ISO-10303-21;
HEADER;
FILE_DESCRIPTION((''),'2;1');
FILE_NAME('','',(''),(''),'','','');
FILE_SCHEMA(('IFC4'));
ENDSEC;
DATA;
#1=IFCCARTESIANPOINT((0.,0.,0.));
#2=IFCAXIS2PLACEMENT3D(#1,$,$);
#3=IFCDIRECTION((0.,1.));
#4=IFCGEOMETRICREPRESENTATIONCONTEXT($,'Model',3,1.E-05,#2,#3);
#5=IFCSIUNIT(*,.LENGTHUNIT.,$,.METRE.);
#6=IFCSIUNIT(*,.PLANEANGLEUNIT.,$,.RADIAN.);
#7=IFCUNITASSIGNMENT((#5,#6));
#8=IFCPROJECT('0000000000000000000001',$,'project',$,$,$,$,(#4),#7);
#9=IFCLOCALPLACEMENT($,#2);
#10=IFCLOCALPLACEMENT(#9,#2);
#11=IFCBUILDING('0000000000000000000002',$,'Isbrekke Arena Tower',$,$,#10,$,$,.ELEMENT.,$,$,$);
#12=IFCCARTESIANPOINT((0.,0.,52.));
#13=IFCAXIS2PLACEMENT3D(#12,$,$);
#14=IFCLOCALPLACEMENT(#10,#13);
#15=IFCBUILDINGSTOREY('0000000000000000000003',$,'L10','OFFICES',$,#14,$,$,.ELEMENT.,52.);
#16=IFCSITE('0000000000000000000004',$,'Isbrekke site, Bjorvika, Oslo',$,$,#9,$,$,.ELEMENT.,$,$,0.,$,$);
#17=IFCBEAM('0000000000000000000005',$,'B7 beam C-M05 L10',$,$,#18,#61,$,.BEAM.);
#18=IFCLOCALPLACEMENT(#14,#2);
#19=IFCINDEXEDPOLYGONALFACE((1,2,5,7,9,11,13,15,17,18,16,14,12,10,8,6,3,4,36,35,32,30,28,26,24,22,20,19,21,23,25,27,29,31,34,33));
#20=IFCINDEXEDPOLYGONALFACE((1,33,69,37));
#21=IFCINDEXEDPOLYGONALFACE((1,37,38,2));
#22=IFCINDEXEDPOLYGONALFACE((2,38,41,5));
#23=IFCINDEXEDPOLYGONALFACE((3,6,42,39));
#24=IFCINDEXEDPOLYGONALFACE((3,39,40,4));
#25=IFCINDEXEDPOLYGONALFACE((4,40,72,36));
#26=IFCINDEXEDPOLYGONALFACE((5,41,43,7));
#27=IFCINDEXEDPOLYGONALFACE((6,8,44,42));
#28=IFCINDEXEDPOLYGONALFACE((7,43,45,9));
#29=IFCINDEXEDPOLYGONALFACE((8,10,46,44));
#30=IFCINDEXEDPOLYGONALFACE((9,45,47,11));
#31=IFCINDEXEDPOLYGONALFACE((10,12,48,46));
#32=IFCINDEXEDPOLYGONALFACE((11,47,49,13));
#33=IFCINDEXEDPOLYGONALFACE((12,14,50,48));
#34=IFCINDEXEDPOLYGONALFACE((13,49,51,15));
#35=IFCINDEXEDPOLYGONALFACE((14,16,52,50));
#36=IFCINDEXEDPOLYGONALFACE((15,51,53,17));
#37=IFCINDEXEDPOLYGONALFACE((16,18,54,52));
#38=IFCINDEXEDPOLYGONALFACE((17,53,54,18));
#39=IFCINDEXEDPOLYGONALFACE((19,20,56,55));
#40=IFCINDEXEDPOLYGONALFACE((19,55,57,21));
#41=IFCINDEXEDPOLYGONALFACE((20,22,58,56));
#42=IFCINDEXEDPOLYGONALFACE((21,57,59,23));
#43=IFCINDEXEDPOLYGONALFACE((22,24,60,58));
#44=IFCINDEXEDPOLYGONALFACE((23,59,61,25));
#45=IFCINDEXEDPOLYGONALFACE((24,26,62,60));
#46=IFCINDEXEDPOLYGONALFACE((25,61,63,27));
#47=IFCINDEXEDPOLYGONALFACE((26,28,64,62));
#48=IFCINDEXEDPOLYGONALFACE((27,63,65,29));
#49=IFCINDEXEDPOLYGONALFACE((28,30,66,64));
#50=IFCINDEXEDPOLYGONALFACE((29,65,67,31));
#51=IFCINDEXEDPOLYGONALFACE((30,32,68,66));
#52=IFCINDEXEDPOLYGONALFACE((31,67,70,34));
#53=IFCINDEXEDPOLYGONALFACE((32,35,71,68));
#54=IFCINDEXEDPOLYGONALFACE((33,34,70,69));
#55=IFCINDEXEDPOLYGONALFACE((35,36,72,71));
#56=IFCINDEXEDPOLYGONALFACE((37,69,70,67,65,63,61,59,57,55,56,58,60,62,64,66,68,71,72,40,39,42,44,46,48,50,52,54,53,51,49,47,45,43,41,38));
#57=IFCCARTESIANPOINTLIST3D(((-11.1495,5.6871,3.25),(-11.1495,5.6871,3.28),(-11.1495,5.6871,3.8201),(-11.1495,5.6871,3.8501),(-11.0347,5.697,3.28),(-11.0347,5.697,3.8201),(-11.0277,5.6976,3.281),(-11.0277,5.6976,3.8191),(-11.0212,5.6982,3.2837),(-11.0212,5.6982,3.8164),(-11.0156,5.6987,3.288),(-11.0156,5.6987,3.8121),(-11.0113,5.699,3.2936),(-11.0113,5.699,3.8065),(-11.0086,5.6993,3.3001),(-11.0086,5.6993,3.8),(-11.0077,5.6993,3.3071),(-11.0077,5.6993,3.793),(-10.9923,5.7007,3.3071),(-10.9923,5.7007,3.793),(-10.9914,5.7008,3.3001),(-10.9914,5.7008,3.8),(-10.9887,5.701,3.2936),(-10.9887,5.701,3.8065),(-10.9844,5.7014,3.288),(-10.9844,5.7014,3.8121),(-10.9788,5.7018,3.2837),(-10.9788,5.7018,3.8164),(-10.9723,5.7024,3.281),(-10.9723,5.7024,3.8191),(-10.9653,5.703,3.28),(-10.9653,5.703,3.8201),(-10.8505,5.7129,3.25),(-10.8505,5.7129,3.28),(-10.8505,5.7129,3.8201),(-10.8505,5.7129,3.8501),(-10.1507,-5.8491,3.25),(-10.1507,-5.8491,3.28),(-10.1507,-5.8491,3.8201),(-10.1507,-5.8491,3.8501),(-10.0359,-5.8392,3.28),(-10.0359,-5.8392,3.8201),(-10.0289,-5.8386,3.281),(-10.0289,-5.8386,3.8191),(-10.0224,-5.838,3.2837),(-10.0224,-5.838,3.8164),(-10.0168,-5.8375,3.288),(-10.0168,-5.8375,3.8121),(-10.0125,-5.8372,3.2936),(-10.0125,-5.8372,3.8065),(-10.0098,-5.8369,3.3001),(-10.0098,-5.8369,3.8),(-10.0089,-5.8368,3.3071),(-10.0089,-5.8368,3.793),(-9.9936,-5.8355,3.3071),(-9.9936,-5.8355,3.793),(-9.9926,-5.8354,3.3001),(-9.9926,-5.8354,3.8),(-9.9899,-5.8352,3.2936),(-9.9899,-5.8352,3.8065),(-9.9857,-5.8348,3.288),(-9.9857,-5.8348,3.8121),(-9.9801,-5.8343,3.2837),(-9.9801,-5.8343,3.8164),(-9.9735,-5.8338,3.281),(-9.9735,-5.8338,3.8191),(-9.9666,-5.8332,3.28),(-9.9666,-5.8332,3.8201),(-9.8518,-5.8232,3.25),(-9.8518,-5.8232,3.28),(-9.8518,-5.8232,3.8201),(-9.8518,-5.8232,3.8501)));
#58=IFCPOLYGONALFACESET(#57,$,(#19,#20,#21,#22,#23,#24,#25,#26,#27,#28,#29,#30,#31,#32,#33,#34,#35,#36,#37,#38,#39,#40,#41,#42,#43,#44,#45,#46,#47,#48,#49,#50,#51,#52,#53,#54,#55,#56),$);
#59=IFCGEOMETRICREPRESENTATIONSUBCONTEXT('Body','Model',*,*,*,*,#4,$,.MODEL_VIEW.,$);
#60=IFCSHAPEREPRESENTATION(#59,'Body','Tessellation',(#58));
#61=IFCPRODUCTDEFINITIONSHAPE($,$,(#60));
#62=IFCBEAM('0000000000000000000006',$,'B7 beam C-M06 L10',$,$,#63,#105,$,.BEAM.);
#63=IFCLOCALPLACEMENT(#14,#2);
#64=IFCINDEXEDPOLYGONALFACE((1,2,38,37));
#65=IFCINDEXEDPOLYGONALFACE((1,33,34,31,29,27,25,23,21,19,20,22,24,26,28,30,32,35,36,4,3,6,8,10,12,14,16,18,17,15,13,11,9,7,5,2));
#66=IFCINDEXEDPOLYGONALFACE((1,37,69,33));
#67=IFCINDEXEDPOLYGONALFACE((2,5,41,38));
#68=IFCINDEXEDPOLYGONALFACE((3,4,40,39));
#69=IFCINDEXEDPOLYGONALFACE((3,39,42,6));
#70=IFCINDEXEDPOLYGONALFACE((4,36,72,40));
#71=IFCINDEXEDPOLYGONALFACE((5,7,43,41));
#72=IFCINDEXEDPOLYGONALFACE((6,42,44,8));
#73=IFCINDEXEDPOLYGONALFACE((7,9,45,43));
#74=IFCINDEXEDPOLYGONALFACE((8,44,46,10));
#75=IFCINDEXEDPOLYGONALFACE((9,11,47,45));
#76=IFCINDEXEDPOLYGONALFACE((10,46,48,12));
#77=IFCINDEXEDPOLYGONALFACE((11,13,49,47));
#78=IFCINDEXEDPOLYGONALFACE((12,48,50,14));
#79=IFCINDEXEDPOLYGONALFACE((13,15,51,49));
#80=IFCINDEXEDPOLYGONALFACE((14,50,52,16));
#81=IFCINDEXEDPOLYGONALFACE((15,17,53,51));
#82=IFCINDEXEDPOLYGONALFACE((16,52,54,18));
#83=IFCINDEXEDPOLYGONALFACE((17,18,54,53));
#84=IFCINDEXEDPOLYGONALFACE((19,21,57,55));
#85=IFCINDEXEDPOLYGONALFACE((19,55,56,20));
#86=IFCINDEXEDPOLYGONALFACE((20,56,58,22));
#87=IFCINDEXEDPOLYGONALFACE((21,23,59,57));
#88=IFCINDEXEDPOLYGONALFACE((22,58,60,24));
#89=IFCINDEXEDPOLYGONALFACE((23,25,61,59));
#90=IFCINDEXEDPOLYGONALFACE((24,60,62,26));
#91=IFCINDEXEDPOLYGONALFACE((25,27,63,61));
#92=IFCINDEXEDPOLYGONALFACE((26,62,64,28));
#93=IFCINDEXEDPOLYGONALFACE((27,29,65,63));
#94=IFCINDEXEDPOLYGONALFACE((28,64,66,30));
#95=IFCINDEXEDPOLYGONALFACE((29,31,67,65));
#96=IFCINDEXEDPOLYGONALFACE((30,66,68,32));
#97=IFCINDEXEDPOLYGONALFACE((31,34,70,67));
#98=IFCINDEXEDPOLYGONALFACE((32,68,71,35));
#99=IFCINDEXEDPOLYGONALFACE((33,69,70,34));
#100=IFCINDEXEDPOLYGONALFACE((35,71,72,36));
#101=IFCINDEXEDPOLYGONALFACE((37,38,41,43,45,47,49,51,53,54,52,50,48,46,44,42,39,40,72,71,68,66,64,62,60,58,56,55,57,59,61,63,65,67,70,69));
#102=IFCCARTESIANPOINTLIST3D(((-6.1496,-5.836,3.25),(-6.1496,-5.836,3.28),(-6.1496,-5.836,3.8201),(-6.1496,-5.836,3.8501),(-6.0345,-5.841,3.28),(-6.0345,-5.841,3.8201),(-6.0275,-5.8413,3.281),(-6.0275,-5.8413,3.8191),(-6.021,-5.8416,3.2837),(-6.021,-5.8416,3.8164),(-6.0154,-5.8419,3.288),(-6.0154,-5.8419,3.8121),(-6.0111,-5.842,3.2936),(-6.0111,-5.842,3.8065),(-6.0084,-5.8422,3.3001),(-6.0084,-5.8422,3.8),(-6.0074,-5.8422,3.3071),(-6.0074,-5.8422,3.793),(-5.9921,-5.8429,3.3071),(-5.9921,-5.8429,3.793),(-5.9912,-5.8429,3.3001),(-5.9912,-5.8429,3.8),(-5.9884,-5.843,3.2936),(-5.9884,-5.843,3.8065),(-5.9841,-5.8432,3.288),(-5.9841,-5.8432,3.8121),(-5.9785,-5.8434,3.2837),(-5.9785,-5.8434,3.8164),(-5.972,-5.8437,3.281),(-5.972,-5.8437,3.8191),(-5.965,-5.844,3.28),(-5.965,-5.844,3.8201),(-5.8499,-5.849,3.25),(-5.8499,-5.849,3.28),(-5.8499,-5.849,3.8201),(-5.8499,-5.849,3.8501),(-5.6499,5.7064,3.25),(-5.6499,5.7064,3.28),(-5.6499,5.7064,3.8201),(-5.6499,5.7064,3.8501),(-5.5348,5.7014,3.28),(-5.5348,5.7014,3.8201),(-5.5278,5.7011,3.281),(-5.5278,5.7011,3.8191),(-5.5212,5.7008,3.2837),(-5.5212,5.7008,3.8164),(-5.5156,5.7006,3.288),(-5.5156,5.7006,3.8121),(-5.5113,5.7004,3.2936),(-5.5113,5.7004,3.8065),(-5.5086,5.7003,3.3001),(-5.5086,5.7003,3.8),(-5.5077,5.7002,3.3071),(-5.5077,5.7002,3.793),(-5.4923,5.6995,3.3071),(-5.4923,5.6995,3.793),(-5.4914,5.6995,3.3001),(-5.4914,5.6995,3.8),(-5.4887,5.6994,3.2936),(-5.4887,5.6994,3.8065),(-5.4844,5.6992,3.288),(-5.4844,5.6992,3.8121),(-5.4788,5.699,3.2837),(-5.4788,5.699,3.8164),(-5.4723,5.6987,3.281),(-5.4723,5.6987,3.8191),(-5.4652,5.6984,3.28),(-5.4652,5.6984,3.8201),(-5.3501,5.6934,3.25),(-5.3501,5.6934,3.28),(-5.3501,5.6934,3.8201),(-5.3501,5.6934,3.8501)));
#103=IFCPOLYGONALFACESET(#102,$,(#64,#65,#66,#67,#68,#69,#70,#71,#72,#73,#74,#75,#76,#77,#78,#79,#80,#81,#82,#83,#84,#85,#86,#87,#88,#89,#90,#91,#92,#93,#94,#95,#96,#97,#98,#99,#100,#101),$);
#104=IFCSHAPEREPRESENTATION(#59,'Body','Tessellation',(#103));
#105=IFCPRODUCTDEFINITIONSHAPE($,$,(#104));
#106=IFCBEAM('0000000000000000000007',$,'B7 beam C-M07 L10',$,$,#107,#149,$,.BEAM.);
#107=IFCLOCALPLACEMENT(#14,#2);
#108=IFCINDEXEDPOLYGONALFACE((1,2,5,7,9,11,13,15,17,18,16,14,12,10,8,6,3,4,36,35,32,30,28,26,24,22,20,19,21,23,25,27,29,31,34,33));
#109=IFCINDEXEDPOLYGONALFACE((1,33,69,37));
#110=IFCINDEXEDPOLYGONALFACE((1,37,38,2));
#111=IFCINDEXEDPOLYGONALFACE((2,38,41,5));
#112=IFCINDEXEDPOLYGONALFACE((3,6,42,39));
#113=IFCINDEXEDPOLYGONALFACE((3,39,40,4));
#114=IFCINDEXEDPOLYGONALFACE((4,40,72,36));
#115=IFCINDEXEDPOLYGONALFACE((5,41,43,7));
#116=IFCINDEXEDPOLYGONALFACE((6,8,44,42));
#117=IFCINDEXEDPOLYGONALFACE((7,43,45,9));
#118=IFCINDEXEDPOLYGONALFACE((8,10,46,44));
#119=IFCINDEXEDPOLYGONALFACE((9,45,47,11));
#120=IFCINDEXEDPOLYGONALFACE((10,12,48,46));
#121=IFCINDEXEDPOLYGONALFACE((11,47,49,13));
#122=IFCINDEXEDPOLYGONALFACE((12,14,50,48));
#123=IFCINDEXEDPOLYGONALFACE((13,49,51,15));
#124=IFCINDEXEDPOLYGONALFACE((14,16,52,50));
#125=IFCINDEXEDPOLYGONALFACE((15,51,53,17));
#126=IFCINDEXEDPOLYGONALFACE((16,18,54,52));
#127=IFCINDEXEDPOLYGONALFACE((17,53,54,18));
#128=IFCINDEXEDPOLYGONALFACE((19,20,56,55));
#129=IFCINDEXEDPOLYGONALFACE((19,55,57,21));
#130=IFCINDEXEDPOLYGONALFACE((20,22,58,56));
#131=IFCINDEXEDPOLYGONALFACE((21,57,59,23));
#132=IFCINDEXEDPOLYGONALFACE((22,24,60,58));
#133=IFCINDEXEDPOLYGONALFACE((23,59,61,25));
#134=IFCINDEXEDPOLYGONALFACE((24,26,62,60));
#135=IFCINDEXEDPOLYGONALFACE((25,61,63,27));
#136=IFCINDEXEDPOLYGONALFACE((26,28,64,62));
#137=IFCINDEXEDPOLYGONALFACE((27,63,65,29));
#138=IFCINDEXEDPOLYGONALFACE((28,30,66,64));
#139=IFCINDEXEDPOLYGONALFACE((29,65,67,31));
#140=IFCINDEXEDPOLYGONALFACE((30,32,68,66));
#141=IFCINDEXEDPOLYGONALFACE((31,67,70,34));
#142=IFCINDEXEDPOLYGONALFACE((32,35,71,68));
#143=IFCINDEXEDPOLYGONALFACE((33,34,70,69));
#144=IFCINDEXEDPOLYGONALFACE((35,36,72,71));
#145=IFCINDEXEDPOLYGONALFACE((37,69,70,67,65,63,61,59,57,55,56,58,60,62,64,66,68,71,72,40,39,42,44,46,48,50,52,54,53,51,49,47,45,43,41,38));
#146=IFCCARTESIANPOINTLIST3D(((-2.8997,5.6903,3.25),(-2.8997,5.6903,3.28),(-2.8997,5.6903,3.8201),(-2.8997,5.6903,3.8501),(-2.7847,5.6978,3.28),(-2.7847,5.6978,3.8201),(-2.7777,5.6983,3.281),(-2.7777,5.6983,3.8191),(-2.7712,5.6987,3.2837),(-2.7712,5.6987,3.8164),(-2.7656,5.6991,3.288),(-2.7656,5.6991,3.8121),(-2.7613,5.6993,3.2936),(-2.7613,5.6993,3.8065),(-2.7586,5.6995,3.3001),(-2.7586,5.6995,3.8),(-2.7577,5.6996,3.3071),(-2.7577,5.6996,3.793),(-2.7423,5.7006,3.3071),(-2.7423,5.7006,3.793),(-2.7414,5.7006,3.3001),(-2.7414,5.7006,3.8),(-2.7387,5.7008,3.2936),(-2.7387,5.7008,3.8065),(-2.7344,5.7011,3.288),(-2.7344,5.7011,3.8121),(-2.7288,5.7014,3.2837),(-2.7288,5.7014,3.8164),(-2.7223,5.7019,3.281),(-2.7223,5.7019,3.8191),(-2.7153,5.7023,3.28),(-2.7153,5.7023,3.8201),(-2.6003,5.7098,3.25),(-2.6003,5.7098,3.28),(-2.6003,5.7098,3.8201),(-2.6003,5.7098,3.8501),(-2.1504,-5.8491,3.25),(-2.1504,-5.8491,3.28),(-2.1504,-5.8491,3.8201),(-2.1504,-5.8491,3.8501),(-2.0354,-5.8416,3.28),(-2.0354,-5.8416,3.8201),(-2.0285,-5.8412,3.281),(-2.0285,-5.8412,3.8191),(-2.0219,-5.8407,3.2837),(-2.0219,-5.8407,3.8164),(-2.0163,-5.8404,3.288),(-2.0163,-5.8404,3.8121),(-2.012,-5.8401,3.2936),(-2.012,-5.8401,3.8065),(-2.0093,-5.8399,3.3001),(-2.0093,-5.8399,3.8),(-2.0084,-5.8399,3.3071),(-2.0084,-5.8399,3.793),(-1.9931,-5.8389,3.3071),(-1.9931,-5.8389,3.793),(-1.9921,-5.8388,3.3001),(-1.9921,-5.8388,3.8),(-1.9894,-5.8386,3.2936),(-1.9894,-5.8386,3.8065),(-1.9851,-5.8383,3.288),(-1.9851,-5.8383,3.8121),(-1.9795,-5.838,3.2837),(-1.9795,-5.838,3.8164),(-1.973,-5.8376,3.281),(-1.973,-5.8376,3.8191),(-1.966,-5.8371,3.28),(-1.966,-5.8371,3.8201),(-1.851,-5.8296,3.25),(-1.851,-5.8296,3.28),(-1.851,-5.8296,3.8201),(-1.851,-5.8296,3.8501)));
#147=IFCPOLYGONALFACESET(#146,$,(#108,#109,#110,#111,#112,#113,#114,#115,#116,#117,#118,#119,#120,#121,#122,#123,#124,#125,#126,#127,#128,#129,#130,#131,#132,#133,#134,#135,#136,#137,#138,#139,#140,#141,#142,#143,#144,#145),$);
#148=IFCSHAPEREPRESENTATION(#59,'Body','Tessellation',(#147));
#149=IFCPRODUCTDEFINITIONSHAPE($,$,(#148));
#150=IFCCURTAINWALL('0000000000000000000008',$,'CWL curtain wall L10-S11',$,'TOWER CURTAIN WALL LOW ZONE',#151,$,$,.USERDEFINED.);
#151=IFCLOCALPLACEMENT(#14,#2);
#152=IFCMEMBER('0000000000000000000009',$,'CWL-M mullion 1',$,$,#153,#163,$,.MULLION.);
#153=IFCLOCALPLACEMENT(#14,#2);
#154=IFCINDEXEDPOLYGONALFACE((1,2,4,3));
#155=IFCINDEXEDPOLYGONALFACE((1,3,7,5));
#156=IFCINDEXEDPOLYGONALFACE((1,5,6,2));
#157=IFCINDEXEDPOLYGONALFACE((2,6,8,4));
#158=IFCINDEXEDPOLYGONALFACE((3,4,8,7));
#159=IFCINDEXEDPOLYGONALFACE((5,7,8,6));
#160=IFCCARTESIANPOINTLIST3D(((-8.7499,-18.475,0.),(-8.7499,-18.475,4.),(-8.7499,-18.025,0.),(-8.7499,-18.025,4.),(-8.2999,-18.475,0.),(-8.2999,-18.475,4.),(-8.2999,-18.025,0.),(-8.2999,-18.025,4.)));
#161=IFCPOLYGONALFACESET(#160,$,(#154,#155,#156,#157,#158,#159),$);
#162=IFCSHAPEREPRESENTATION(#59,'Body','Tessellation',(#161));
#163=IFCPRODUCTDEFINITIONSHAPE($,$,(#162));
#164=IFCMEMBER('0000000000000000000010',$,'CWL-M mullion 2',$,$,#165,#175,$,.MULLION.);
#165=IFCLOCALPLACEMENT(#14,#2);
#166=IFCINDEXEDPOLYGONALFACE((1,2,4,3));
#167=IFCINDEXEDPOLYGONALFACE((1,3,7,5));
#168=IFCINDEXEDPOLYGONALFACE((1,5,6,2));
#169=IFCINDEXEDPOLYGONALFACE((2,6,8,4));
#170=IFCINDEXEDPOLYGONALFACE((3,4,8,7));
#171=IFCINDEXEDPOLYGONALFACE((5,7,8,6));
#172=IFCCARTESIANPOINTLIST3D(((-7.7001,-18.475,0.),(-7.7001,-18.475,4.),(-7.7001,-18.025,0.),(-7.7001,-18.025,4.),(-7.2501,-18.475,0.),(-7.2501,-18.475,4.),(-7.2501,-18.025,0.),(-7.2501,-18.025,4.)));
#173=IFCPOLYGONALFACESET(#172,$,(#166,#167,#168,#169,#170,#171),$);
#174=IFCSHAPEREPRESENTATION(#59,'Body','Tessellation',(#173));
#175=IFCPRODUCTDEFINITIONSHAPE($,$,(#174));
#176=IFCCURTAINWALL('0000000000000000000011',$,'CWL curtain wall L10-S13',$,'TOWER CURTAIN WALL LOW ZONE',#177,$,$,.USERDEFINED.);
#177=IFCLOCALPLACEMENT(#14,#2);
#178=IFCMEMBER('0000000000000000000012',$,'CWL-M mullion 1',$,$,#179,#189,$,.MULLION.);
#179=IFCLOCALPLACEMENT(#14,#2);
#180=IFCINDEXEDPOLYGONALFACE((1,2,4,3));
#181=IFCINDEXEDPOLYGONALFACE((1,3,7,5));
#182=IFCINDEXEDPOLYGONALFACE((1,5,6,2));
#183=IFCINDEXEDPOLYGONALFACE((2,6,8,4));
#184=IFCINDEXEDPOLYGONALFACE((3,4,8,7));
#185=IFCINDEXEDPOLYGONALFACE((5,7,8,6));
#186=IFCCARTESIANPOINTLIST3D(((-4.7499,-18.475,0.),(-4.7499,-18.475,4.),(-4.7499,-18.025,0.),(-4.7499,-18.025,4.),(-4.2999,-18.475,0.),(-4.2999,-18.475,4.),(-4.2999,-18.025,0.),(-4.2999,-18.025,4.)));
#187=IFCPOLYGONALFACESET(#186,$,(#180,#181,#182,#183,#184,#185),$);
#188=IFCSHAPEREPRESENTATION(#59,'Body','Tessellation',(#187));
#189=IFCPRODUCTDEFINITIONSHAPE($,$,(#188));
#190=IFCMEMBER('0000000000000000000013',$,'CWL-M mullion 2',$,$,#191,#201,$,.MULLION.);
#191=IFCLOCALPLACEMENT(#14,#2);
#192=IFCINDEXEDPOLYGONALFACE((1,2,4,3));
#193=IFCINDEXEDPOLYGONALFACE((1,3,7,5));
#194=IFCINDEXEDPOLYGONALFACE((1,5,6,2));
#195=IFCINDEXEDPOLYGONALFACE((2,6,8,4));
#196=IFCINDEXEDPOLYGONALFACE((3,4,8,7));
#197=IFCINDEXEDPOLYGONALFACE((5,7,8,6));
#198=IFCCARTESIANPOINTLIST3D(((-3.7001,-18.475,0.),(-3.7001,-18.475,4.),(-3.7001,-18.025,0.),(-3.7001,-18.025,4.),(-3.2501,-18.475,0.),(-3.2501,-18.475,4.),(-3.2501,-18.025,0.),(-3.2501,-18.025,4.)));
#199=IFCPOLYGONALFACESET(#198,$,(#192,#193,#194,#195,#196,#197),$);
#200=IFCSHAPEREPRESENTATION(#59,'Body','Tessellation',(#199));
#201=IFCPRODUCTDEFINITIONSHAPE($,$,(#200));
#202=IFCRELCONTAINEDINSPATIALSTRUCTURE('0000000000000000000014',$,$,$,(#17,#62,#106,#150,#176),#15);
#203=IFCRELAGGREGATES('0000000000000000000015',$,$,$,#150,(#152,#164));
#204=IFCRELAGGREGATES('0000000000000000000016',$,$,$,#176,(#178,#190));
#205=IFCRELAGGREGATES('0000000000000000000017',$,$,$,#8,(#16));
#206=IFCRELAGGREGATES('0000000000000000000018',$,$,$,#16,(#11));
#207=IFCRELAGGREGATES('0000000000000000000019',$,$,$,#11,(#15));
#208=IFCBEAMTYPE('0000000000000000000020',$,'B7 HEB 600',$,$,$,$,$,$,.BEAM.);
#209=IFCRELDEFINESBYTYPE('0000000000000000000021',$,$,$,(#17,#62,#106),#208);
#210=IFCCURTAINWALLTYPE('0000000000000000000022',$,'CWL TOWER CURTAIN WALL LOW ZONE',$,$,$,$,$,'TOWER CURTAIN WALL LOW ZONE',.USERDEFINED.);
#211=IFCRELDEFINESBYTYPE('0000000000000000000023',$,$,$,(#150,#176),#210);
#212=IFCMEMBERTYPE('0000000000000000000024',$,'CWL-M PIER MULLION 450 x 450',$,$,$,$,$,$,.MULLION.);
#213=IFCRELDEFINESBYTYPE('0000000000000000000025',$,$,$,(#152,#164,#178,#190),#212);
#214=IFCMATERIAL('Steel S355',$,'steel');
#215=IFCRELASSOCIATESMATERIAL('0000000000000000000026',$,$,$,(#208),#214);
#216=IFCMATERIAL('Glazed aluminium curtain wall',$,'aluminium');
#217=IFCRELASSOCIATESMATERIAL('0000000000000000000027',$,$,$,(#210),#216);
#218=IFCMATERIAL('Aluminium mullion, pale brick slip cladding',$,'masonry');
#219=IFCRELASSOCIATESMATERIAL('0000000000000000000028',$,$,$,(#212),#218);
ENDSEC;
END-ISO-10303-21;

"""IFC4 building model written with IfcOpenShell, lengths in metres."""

from ifc_helpers import new_model, si_unit, direction, frame, origin, origin_2d, place, context, subcontext, project, spatial, rectangle, i_section, extrude, material, material_profile, profile_set, type_object, element, aggregate, save


model = new_model("IFC4")

# Units and contexts
model_context = context("Model", 3, precision=1e-05, world=origin(), true_north=direction((0.0, 1.0)))
body_context = subcontext(model_context, "Body", "Model", "MODEL_VIEW")
ifc_project = project(units=[si_unit("LENGTHUNIT", "METRE"), si_unit("PLANEANGLEUNIT", "RADIAN")], contexts=[model_context])

# Site, building, storey
site_placement = place(None, origin())
site = spatial("IfcSite", under=ifc_project, at=site_placement, Name="Isbrekke site, Bjorvika, Oslo", CompositionType="ELEMENT", RefElevation=0.0)
building_placement = place(site_placement, origin())
building = spatial("IfcBuilding", under=site, at=building_placement, Name="Isbrekke Arena Tower", CompositionType="ELEMENT")
storey_placement = place(building_placement, frame((0.0, 0.0, 52.0)))
storey = spatial("IfcBuildingStorey", under=building, at=storey_placement, Name="L10", Description="OFFICES", CompositionType="ELEMENT", Elevation=52.0)

# Beams
ifc_material_1 = material(Name="Steel S355", Category="steel")
ifc_material_profile_1 = material_profile(ifc_material_1, i_section(OverallWidth=0.3, OverallDepth=0.6001, WebThickness=0.0154, FlangeThickness=0.03, FilletRadius=0.0271, at=origin_2d()), Name="HEB 600")
ifc_profile_set_1 = profile_set([ifc_material_profile_1], Name="Steel S355")
beam_type_1 = type_object("IfcBeamType", Name="B7 HEB 600", PredefinedType="BEAM", material=ifc_profile_set_1)
beam_1_placement = place(storey_placement, frame((-10.0012, -5.8362, 3.55), z_axis=(-0.086256, 0.996273, 0.0), x_axis=(-0.996273, -0.086256, 0.0)))
element("IfcBeam", 1, at=beam_1_placement, inside=storey, type_object=beam_type_1, Name="B7 beam C-M05 L10", PredefinedType="BEAM", context=body_context, shape_type="SweptSolid", body=[
    extrude(i_section(OverallWidth=0.3, OverallDepth=0.6001, WebThickness=0.0154, FlangeThickness=0.03, FilletRadius=0.0271, at=origin_2d()), origin(), (0.0, 0.0, 1.0), 11.5793),
])
beam_2_placement = place(storey_placement, frame((-5.9998, -5.8425, 3.55), z_axis=(0.043257, 0.999064, 0.0), x_axis=(-0.999064, 0.043257, 0.0)))
element("IfcBeam", 2, at=beam_2_placement, inside=storey, type_object=beam_type_1, Name="B7 beam C-M06 L10", PredefinedType="BEAM", context=body_context, shape_type="SweptSolid", body=[
    extrude(i_section(OverallWidth=0.3, OverallDepth=0.6001, WebThickness=0.0154, FlangeThickness=0.03, FilletRadius=0.0271, at=origin_2d()), origin(), (0.0, 0.0, 1.0), 11.5532),
])
beam_3_placement = place(storey_placement, frame((-2.0007, -5.8394, 3.55), z_axis=(-0.064795, 0.997899, 0.0), x_axis=(-0.997899, -0.064795, 0.0)))
element("IfcBeam", 3, at=beam_3_placement, inside=storey, type_object=beam_type_1, Name="B7 beam C-M07 L10", PredefinedType="BEAM", context=body_context, shape_type="SweptSolid", body=[
    extrude(i_section(OverallWidth=0.3, OverallDepth=0.6001, WebThickness=0.0154, FlangeThickness=0.03, FilletRadius=0.0271, at=origin_2d()), origin(), (0.0, 0.0, 1.0), 11.5637),
])

# Curtain walls, members
ifc_material_2 = material(Name="Glazed aluminium curtain wall", Category="aluminium")
curtain_wall_type = type_object("IfcCurtainWallType", Name="CWL TOWER CURTAIN WALL LOW ZONE", ElementType="TOWER CURTAIN WALL LOW ZONE", PredefinedType="USERDEFINED", material=ifc_material_2)
curtain_wall_1_placement = place(storey_placement, origin())
curtain_wall_1 = element("IfcCurtainWall", 4, at=curtain_wall_1_placement, inside=storey, type_object=curtain_wall_type, Name="CWL curtain wall L10-S11", ObjectType="TOWER CURTAIN WALL LOW ZONE", PredefinedType="USERDEFINED")
ifc_material_3 = material(Name="Aluminium mullion, pale brick slip cladding", Category="masonry")
ifc_material_profile_2 = material_profile(ifc_material_3, rectangle(XDim=0.45, YDim=0.45, at=origin_2d()), Name="PIER 450X450")
ifc_profile_set_2 = profile_set([ifc_material_profile_2], Name="Aluminium mullion, pale brick slip cladding")
member_type_1 = type_object("IfcMemberType", Name="CWL-M PIER MULLION 450 x 450", PredefinedType="MULLION", material=ifc_profile_set_2)
member_1_placement = place(storey_placement, frame((-8.5249, -18.25, 0.0), z_axis=(0.0, 0.0, 1.0), x_axis=(1.0, 0.0, 0.0)))
member_1 = element("IfcMember", 5, at=member_1_placement, type_object=member_type_1, Name="CWL-M mullion 1", PredefinedType="MULLION", context=body_context, shape_type="SweptSolid", body=[
    extrude(rectangle(XDim=0.45, YDim=0.45, at=origin_2d()), origin(), (0.0, 0.0, 1.0), 4.0),
])
member_2_placement = place(storey_placement, frame((-7.4751, -18.25, 0.0), z_axis=(0.0, 0.0, 1.0), x_axis=(1.0, 0.0, 0.0)))
member_2 = element("IfcMember", 6, at=member_2_placement, type_object=member_type_1, Name="CWL-M mullion 2", PredefinedType="MULLION", context=body_context, shape_type="SweptSolid", body=[
    extrude(rectangle(XDim=0.45, YDim=0.45, at=origin_2d()), origin(), (0.0, 0.0, 1.0), 4.0),
])
curtain_wall_2_placement = place(storey_placement, origin())
curtain_wall_2 = element("IfcCurtainWall", 7, at=curtain_wall_2_placement, inside=storey, type_object=curtain_wall_type, Name="CWL curtain wall L10-S13", ObjectType="TOWER CURTAIN WALL LOW ZONE", PredefinedType="USERDEFINED")
member_3_placement = place(storey_placement, frame((-4.5249, -18.25, 0.0), z_axis=(0.0, 0.0, 1.0), x_axis=(1.0, 0.0, 0.0)))
member_3 = element("IfcMember", 8, at=member_3_placement, type_object=member_type_1, Name="CWL-M mullion 1", PredefinedType="MULLION", context=body_context, shape_type="SweptSolid", body=[
    extrude(rectangle(XDim=0.45, YDim=0.45, at=origin_2d()), origin(), (0.0, 0.0, 1.0), 4.0),
])
member_4_placement = place(storey_placement, frame((-3.4751, -18.25, 0.0), z_axis=(0.0, 0.0, 1.0), x_axis=(1.0, 0.0, 0.0)))
member_4 = element("IfcMember", 9, at=member_4_placement, type_object=member_type_1, Name="CWL-M mullion 2", PredefinedType="MULLION", context=body_context, shape_type="SweptSolid", body=[
    extrude(rectangle(XDim=0.45, YDim=0.45, at=origin_2d()), origin(), (0.0, 0.0, 1.0), 4.0),
])

aggregate(curtain_wall_1, [member_1, member_2])
aggregate(curtain_wall_2, [member_3, member_4])

save(model, "model.ifc")
